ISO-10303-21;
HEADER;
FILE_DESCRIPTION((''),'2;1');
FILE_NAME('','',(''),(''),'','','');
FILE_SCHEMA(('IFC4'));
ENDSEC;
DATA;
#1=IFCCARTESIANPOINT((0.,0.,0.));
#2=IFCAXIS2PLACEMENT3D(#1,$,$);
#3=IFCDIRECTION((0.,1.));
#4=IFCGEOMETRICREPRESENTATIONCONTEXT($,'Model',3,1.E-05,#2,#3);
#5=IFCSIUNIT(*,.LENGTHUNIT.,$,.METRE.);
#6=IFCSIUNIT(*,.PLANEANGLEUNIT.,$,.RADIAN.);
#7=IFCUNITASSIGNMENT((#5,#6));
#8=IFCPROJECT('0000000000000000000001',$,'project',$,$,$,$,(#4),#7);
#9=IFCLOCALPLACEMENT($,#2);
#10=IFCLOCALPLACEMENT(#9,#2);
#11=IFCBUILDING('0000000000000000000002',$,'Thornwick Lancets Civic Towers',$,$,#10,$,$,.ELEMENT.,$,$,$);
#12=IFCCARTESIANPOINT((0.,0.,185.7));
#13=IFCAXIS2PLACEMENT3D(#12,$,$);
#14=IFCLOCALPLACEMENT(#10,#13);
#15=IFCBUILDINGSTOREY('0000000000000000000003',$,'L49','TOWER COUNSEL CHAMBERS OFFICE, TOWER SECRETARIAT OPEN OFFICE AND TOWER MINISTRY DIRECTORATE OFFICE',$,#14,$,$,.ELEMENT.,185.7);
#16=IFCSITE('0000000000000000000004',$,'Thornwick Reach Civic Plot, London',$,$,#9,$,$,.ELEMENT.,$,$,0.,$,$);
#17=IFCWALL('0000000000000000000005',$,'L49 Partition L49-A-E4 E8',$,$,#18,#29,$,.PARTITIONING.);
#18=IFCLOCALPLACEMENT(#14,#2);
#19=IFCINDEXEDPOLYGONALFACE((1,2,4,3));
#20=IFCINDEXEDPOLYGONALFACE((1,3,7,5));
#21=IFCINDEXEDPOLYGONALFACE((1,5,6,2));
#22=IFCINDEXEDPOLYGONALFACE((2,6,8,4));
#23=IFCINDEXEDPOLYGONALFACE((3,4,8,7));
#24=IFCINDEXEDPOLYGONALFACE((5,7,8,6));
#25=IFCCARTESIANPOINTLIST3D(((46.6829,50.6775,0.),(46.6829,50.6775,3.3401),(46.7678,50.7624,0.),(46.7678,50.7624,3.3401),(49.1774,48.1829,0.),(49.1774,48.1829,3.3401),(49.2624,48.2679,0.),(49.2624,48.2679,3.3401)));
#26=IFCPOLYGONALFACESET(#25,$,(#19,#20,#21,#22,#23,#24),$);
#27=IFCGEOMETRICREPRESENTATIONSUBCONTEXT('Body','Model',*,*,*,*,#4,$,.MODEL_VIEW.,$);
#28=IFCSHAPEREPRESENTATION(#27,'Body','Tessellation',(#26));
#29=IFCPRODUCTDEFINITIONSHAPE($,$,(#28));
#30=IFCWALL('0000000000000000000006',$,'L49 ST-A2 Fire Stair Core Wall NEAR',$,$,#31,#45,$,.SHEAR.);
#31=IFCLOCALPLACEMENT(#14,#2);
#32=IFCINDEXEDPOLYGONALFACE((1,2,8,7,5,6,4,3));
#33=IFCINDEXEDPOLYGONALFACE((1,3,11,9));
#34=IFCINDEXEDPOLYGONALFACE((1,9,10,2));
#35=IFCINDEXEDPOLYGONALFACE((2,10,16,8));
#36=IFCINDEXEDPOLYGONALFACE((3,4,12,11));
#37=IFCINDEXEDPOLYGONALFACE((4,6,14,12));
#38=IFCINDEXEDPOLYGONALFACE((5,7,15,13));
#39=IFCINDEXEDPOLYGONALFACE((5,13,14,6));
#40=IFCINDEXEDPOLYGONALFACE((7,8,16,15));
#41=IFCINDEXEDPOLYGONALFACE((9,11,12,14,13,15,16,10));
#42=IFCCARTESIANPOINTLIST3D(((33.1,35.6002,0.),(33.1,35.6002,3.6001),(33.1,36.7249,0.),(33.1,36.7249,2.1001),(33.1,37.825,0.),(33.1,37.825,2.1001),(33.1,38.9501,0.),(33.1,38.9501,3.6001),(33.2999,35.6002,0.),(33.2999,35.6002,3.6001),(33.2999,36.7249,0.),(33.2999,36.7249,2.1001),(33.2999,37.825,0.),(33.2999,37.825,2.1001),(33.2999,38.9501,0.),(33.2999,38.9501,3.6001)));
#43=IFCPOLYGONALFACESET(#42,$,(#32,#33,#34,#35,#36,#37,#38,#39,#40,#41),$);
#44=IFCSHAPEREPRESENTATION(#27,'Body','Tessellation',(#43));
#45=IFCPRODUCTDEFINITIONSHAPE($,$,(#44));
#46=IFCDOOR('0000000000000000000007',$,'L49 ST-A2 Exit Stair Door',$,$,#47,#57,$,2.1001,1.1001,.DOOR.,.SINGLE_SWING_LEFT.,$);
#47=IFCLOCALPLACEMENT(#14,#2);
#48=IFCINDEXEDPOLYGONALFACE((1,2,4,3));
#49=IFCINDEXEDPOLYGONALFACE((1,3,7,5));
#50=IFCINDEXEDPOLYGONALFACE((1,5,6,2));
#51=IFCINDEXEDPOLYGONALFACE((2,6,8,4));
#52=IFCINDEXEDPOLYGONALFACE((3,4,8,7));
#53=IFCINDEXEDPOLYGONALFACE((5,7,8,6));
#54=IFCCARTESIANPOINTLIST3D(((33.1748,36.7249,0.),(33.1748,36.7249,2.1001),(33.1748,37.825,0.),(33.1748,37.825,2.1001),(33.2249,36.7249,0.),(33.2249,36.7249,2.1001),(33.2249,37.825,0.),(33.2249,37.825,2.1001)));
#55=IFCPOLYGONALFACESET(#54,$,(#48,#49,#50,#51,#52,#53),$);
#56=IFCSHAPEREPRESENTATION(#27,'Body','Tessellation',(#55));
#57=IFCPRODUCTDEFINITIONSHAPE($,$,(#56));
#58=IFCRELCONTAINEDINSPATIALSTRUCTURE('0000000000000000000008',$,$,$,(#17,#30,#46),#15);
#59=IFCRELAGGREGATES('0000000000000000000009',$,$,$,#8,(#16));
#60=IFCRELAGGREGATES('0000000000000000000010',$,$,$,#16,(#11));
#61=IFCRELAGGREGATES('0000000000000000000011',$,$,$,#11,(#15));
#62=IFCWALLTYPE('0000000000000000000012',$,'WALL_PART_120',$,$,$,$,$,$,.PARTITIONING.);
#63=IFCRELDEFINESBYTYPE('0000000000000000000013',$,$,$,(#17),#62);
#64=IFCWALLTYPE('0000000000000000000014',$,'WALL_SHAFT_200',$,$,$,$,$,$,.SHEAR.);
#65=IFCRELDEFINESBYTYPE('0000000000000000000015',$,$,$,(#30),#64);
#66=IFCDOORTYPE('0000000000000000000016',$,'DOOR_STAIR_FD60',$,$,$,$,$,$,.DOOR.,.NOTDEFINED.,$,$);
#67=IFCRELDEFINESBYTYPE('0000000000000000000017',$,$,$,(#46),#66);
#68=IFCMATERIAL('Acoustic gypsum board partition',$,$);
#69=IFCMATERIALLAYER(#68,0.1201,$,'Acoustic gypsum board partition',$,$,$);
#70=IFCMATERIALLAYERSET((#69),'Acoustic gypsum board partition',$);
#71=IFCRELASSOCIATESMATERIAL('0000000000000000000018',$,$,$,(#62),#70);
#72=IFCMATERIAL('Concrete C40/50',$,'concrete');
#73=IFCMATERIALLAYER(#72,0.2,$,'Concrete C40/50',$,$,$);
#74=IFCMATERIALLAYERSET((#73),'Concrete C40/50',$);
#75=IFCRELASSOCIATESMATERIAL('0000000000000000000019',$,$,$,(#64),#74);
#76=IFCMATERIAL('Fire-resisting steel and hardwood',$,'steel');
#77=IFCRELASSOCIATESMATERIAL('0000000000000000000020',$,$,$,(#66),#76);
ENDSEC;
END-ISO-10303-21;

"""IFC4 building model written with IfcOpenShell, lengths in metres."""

from ifc_helpers import new_model, si_unit, direction, frame, frame_2d, origin, place, context, subcontext, project, spatial, rectangle, extrude, material, layer, layer_set, type_object, element, fill, save


model = new_model("IFC4")

# Units and contexts
model_context = context("Model", 3, precision=1e-05, world=origin(), true_north=direction((0.0, 1.0)))
body_context = subcontext(model_context, "Body", "Model", "MODEL_VIEW")
ifc_project = project(units=[si_unit("LENGTHUNIT", "METRE"), si_unit("PLANEANGLEUNIT", "RADIAN")], contexts=[model_context])

# Site, building, storey
site_placement = place(None, origin())
site = spatial("IfcSite", under=ifc_project, at=site_placement, Name="Thornwick Reach Civic Plot, London", CompositionType="ELEMENT", RefElevation=0.0)
building_placement = place(site_placement, origin())
building = spatial("IfcBuilding", under=site, at=building_placement, Name="Thornwick Lancets Civic Towers", CompositionType="ELEMENT")
storey_placement = place(building_placement, frame((0.0, 0.0, 185.7)))
storey = spatial("IfcBuildingStorey", under=building, at=storey_placement, Name="L49", Description="TOWER COUNSEL CHAMBERS OFFICE, TOWER SECRETARIAT OPEN OFFICE AND TOWER MINISTRY DIRECTORATE OFFICE", CompositionType="ELEMENT", Elevation=185.7)

# Wall
ifc_material_1 = material(Name="Acoustic gypsum board partition")
ifc_layer_1 = layer(ifc_material_1, 0.1201, Name="Acoustic gypsum board partition")
ifc_layer_set_1 = layer_set([ifc_layer_1], Name="Acoustic gypsum board partition")
wall_type_1 = type_object("IfcWallType", Name="WALL_PART_120", PredefinedType="PARTITIONING", material=ifc_layer_set_1)
wall_1_placement = place(storey_placement, frame((46.7253, 50.72, 0.0), z_axis=(0.0, 0.0, 1.0), x_axis=(0.707107, -0.707107, 0.0)))
element("IfcWall", 1, at=wall_1_placement, inside=storey, type_object=wall_type_1, Name="L49 Partition L49-A-E4 E8", PredefinedType="PARTITIONING", context=body_context, shape_type="SweptSolid", body=[
    extrude(rectangle(XDim=3.5278, YDim=0.1201, at=frame_2d((1.7639, 0.0))), origin(), (0.0, 0.0, 1.0), 3.3401),
])

# Wall, opening, door
ifc_material_2 = material(Name="Concrete C40/50", Category="concrete")
ifc_layer_2 = layer(ifc_material_2, 0.2, Name="Concrete C40/50")
ifc_layer_set_2 = layer_set([ifc_layer_2], Name="Concrete C40/50")
wall_type_2 = type_object("IfcWallType", Name="WALL_SHAFT_200", PredefinedType="SHEAR", material=ifc_layer_set_2)
wall_2_placement = place(storey_placement, frame((33.2, 38.95, 0.0), z_axis=(0.0, 0.0, 1.0), x_axis=(0.0, -1.0, 0.0)))
wall_2 = element("IfcWall", 2, at=wall_2_placement, inside=storey, type_object=wall_type_2, Name="L49 ST-A2 Fire Stair Core Wall NEAR", PredefinedType="SHEAR", context=body_context, shape_type="SweptSolid", body=[
    extrude(rectangle(XDim=3.3499, YDim=0.2, at=frame_2d((1.6748, 0.0))), origin(), (0.0, 0.0, 1.0), 3.6001),
])
opening_1_placement = place(wall_2_placement, frame((1.125, 0.0, 0.0)))
opening_1 = element("IfcOpeningElement", 3, at=opening_1_placement, cuts=wall_2, PredefinedType="OPENING", context=body_context, shape_type="SweptSolid", body=[
    extrude(rectangle(XDim=1.1001, YDim=2.1001, at=frame_2d((0.55, 1.05))), frame((0.0, 0.1099, 0.0), z_axis=(0.0, -1.0, 0.0), x_axis=(1.0, 0.0, 0.0)), (0.0, 0.0, 1.0), 0.22),
])
ifc_material_3 = material(Name="Fire-resisting steel and hardwood", Category="steel")
door_type_1 = type_object("IfcDoorType", Name="DOOR_STAIR_FD60", OperationType="NOTDEFINED", PredefinedType="DOOR", material=ifc_material_3)
door_1_placement = place(opening_1_placement, origin())
door_1 = element("IfcDoor", 4, at=door_1_placement, inside=storey, type_object=door_type_1, Name="L49 ST-A2 Exit Stair Door", OperationType="SINGLE_SWING_LEFT", OverallHeight=2.1001, OverallWidth=1.1001, PredefinedType="DOOR", context=body_context, shape_type="SweptSolid", body=[
    extrude(rectangle(XDim=1.1001, YDim=2.1001, at=frame_2d((0.55, 1.05))), frame((0.0, 0.0249, 0.0), z_axis=(0.0, -1.0, 0.0), x_axis=(1.0, 0.0, 0.0)), (0.0, 0.0, 1.0), 0.05),
])
fill(opening_1, door_1)

save(model, "model.ifc")
